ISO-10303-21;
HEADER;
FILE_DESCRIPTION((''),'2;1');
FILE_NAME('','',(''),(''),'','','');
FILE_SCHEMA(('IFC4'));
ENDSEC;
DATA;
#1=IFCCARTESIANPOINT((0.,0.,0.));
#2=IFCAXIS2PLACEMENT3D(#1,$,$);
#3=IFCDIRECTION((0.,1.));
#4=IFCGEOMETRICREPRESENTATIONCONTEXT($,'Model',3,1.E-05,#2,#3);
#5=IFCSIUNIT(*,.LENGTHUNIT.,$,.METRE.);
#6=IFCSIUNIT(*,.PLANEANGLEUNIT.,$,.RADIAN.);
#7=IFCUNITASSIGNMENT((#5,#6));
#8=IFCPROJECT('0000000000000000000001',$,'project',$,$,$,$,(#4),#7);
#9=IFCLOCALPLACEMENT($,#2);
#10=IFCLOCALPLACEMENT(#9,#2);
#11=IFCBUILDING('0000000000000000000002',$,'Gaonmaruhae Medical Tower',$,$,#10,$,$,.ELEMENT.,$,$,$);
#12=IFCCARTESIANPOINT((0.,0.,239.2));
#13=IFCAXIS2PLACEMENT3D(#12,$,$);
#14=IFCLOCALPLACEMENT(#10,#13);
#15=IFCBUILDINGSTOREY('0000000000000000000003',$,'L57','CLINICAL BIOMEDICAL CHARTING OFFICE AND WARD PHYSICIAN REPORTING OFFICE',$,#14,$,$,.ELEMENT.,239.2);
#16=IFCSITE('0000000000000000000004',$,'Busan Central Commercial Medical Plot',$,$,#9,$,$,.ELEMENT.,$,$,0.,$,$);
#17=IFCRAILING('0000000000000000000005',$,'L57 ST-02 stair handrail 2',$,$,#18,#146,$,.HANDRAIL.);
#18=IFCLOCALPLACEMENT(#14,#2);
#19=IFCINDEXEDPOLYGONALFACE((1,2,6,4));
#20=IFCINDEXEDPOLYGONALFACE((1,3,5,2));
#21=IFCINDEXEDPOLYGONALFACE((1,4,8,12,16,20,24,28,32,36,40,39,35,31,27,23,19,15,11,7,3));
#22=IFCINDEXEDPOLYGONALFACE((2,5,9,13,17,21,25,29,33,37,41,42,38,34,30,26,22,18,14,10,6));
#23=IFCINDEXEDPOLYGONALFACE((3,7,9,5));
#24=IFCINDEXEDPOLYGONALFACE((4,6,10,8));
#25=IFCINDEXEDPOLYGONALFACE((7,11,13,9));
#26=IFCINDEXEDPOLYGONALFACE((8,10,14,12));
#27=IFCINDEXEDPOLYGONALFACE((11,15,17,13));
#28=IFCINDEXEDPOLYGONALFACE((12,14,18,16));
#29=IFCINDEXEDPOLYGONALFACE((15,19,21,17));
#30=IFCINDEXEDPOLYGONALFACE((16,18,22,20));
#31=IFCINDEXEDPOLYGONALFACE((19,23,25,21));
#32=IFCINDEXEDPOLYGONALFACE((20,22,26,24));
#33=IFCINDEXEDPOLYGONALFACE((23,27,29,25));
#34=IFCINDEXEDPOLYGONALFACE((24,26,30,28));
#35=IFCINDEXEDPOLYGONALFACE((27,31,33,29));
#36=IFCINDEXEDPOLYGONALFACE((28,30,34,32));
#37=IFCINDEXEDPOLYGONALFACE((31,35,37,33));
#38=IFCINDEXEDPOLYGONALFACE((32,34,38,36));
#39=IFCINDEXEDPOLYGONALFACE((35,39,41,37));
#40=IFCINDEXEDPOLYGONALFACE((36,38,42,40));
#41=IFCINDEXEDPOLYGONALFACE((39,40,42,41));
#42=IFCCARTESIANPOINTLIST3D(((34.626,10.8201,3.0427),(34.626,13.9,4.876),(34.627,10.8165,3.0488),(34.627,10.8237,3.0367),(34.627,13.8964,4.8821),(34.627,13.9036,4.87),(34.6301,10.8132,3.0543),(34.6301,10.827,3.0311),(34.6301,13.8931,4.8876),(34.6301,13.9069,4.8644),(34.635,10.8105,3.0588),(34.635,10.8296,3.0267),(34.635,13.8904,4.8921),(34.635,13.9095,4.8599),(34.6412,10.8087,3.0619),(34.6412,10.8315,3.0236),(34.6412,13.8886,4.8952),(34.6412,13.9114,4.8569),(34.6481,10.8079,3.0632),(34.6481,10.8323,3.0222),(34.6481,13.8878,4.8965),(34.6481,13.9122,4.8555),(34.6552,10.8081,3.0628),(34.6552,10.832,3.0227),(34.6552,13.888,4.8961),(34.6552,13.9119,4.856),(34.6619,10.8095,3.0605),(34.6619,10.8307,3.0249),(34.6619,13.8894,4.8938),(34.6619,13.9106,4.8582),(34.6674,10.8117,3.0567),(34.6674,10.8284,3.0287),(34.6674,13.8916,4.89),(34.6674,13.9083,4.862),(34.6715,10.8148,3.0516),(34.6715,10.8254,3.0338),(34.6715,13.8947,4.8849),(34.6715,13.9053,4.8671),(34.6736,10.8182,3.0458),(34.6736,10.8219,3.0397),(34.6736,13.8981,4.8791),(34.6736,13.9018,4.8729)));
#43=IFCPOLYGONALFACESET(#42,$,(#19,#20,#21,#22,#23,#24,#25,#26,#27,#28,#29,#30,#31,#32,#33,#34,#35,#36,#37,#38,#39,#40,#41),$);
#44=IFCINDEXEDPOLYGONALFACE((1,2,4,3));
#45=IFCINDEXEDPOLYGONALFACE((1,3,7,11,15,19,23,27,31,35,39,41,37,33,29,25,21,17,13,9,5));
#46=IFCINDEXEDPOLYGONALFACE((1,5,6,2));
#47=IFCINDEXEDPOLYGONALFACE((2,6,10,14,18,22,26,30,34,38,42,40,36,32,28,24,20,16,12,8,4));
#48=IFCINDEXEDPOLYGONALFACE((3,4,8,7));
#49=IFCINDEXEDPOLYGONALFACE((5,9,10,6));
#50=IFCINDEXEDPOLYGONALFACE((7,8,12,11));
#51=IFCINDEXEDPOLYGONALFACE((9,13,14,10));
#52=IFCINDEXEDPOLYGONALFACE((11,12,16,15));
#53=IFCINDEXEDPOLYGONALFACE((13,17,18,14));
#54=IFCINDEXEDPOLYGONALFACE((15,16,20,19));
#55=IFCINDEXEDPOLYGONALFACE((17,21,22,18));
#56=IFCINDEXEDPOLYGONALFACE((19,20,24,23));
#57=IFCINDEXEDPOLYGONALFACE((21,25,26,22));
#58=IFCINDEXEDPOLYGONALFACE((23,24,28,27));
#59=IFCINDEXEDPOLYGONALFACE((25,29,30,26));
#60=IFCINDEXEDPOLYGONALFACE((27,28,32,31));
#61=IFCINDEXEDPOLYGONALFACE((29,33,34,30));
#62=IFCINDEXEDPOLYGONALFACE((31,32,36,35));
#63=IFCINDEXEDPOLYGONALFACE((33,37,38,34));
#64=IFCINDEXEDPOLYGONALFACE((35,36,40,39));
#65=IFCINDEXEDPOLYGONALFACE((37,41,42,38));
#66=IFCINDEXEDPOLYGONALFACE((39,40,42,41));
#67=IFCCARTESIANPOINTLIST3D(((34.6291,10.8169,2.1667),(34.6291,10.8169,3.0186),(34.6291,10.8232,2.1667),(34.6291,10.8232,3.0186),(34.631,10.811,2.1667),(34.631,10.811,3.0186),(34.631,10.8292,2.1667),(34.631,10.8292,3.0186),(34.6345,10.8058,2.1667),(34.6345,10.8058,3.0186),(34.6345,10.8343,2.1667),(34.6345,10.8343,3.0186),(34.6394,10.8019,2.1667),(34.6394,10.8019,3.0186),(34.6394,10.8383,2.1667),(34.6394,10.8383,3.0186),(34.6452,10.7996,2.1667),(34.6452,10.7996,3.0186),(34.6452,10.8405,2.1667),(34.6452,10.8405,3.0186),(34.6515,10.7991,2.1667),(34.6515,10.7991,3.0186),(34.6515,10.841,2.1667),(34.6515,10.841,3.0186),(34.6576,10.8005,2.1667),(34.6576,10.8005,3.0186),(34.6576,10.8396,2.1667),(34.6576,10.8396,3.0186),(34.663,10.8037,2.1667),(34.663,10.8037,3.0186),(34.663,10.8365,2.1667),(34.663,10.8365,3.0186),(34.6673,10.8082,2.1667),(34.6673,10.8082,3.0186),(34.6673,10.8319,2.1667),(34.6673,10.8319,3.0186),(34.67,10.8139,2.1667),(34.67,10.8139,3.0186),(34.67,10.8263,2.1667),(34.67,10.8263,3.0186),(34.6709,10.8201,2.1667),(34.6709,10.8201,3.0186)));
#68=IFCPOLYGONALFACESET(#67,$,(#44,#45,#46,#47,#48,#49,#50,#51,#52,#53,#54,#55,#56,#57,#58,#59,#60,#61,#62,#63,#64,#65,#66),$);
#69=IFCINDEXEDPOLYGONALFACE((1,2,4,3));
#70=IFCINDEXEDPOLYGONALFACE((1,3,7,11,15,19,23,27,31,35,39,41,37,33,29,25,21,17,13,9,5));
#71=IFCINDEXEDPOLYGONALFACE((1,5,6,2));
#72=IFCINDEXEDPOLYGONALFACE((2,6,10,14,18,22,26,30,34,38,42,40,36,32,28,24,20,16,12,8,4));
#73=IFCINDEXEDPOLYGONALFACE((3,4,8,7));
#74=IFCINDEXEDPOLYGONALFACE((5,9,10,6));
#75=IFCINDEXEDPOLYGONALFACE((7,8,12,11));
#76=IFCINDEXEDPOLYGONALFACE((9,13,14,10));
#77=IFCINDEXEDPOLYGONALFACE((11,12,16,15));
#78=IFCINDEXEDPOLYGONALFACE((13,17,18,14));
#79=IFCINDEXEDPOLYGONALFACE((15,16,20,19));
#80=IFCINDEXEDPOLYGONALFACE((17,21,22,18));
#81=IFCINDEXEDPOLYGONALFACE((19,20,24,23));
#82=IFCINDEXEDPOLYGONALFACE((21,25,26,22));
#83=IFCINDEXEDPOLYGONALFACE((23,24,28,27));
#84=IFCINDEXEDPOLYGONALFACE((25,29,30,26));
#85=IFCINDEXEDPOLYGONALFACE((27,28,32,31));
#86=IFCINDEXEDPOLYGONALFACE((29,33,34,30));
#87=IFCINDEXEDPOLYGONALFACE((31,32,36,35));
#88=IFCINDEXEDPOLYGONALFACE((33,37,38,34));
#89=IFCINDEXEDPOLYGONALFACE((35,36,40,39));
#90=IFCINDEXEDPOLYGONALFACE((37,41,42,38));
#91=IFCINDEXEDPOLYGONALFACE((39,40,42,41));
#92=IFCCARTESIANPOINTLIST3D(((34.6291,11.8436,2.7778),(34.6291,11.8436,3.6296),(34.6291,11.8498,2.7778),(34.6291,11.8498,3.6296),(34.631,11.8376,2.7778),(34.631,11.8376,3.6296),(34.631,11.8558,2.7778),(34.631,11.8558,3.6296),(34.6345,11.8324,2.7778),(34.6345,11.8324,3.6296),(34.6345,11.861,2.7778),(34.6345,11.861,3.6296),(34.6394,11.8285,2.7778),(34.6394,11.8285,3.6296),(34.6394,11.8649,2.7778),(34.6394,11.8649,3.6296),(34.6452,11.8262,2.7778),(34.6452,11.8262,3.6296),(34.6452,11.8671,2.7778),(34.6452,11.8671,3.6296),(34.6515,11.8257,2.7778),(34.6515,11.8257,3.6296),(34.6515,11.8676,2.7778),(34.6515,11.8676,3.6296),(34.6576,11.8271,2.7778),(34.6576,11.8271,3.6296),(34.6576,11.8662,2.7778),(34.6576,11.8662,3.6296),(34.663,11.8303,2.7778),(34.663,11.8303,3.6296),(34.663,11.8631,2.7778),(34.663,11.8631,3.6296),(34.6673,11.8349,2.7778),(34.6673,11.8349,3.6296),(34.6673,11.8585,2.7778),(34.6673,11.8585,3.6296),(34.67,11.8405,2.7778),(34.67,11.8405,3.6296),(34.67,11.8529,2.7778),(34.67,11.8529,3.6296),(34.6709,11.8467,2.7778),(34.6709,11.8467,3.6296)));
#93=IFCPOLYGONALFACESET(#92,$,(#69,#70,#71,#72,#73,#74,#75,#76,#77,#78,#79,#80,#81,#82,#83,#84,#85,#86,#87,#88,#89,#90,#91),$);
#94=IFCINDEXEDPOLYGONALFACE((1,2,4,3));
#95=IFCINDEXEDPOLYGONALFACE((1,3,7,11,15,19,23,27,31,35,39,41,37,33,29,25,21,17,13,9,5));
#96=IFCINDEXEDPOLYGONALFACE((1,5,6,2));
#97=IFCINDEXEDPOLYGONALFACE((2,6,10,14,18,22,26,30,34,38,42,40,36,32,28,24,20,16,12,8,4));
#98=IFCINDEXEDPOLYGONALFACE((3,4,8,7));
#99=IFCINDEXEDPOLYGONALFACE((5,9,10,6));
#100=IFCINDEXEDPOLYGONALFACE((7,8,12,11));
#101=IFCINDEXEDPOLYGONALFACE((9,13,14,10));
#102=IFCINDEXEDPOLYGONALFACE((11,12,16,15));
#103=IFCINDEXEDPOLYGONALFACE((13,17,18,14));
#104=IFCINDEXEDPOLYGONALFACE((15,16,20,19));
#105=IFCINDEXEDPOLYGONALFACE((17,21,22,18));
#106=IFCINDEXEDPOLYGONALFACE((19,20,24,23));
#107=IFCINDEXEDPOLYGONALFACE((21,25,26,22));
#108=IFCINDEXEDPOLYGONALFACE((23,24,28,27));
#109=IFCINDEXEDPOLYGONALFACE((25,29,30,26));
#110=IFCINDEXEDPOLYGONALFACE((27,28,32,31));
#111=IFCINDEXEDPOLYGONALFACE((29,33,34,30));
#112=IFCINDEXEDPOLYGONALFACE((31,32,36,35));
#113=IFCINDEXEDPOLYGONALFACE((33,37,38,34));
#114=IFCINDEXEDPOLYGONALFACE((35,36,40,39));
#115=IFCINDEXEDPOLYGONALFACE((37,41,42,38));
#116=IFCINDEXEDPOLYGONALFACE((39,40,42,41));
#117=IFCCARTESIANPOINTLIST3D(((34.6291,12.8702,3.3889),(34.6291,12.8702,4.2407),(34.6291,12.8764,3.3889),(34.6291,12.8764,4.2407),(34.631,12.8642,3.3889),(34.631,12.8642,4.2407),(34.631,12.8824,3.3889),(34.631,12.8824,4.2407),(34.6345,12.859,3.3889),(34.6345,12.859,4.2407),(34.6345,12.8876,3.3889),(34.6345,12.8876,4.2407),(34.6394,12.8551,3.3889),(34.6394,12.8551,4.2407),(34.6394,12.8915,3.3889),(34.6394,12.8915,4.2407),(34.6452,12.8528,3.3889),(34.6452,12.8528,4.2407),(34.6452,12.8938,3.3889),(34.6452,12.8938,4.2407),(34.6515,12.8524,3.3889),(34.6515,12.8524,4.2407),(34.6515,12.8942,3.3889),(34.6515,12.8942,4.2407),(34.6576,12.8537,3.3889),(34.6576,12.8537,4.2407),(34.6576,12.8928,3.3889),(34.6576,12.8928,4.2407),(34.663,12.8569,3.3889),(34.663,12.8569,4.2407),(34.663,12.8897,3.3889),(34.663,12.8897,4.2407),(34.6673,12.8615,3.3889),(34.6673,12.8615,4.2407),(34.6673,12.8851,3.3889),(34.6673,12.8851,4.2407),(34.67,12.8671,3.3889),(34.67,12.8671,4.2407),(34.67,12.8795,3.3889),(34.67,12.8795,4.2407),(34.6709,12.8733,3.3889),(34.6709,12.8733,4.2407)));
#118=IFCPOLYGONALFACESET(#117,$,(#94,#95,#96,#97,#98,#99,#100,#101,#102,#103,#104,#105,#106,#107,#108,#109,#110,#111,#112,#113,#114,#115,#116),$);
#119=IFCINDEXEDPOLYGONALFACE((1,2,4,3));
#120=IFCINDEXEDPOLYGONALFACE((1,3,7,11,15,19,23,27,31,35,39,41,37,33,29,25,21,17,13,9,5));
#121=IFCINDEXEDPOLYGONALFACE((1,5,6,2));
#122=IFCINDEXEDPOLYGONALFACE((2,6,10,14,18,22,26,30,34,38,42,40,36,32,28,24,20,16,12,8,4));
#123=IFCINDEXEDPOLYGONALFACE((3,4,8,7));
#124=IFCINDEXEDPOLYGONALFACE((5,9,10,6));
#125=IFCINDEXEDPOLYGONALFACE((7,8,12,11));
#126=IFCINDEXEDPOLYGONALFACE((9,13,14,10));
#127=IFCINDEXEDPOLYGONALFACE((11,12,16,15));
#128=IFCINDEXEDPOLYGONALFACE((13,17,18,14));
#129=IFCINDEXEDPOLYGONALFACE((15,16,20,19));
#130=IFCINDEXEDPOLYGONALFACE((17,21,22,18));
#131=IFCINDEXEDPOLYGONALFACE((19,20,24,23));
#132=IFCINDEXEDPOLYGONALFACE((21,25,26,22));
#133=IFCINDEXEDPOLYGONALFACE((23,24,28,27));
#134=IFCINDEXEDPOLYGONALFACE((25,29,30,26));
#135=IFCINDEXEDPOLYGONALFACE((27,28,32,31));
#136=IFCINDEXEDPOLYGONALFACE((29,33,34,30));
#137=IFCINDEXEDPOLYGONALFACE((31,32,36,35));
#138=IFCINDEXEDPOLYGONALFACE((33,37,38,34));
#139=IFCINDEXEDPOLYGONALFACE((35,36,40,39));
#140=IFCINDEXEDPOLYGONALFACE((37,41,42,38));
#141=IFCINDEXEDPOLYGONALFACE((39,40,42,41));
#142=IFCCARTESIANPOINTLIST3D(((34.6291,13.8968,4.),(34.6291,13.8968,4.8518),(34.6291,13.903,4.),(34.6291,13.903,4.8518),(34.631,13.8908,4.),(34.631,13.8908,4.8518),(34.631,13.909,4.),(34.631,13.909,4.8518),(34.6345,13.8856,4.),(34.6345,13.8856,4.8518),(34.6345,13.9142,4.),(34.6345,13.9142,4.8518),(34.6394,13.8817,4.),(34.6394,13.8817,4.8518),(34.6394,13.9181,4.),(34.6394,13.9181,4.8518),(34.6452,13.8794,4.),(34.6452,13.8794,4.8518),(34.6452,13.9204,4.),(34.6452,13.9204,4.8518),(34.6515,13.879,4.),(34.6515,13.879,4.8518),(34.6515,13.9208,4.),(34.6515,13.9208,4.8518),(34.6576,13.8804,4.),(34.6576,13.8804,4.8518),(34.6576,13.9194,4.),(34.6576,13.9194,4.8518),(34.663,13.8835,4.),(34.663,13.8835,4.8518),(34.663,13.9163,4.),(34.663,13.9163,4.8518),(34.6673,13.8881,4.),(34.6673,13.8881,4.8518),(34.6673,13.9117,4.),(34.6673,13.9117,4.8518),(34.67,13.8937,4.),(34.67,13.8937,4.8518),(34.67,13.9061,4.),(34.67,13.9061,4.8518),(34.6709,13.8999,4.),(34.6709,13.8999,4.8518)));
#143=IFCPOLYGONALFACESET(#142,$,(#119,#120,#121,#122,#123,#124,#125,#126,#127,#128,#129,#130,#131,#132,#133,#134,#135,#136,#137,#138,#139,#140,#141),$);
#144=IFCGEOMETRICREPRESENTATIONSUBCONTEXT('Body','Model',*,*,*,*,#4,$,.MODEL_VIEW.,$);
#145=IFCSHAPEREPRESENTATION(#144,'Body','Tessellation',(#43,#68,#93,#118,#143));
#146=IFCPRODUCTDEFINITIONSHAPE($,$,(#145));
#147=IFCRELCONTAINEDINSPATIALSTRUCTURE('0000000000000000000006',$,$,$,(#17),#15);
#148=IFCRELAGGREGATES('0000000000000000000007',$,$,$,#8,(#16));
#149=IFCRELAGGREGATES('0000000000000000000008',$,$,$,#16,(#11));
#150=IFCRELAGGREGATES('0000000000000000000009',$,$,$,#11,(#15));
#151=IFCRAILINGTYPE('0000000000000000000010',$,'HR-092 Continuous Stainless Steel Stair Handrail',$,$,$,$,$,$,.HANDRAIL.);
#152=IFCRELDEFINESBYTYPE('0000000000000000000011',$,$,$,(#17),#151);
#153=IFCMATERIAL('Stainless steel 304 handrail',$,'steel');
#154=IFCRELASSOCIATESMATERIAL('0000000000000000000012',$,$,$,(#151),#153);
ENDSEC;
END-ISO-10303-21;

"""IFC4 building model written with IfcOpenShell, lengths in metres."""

from ifc_helpers import new_model, si_unit, direction, frame, origin, origin_2d, place, context, subcontext, project, spatial, circle, extrude, material, type_object, element, save


model = new_model("IFC4")

# Units and contexts
model_context = context("Model", 3, precision=1e-05, world=origin(), true_north=direction((0.0, 1.0)))
body_context = subcontext(model_context, "Body", "Model", "MODEL_VIEW")
ifc_project = project(units=[si_unit("LENGTHUNIT", "METRE"), si_unit("PLANEANGLEUNIT", "RADIAN")], contexts=[model_context])

# Site, building, storey
site_placement = place(None, origin())
site = spatial("IfcSite", under=ifc_project, at=site_placement, Name="Busan Central Commercial Medical Plot", CompositionType="ELEMENT", RefElevation=0.0)
building_placement = place(site_placement, origin())
building = spatial("IfcBuilding", under=site, at=building_placement, Name="Gaonmaruhae Medical Tower", CompositionType="ELEMENT")
storey_placement = place(building_placement, frame((0.0, 0.0, 239.2)))
storey = spatial("IfcBuildingStorey", under=building, at=storey_placement, Name="L57", Description="CLINICAL BIOMEDICAL CHARTING OFFICE AND WARD PHYSICIAN REPORTING OFFICE", CompositionType="ELEMENT", Elevation=239.2)

# Railing
ifc_material_1 = material(Name="Stainless steel 304 handrail", Category="steel")
railing_type_1 = type_object("IfcRailingType", Name="HR-092 Continuous Stainless Steel Stair Handrail", PredefinedType="HANDRAIL", material=ifc_material_1)
railing_1_placement = place(storey_placement, frame((34.6499, 10.8201, 2.1667)))
element("IfcRailing", 1, at=railing_1_placement, inside=storey, type_object=railing_type_1, Name="L57 ST-02 stair handrail 2", PredefinedType="HANDRAIL", context=body_context, shape_type="SweptSolid", body=[
    extrude(circle(Radius=0.0239, at=origin_2d()), frame((0.0, 0.0, 0.876), z_axis=(0.0, 0.859291, 0.511487), x_axis=(-1.0, 0.0, 0.0)), (0.0, 0.0, 1.0), 3.5842),
    extrude(circle(Radius=0.021, at=origin_2d()), origin(), (0.0, 0.0, 1.0), 0.8518),
    extrude(circle(Radius=0.021, at=origin_2d()), frame((0.0, 1.0266, 0.6111)), (0.0, 0.0, 1.0), 0.8518),
    extrude(circle(Radius=0.021, at=origin_2d()), frame((0.0, 2.0532, 1.2222)), (0.0, 0.0, 1.0), 0.8518),
    extrude(circle(Radius=0.021, at=origin_2d()), frame((0.0, 3.0798, 1.8333)), (0.0, 0.0, 1.0), 0.8518),
])

save(model, "model.ifc")
